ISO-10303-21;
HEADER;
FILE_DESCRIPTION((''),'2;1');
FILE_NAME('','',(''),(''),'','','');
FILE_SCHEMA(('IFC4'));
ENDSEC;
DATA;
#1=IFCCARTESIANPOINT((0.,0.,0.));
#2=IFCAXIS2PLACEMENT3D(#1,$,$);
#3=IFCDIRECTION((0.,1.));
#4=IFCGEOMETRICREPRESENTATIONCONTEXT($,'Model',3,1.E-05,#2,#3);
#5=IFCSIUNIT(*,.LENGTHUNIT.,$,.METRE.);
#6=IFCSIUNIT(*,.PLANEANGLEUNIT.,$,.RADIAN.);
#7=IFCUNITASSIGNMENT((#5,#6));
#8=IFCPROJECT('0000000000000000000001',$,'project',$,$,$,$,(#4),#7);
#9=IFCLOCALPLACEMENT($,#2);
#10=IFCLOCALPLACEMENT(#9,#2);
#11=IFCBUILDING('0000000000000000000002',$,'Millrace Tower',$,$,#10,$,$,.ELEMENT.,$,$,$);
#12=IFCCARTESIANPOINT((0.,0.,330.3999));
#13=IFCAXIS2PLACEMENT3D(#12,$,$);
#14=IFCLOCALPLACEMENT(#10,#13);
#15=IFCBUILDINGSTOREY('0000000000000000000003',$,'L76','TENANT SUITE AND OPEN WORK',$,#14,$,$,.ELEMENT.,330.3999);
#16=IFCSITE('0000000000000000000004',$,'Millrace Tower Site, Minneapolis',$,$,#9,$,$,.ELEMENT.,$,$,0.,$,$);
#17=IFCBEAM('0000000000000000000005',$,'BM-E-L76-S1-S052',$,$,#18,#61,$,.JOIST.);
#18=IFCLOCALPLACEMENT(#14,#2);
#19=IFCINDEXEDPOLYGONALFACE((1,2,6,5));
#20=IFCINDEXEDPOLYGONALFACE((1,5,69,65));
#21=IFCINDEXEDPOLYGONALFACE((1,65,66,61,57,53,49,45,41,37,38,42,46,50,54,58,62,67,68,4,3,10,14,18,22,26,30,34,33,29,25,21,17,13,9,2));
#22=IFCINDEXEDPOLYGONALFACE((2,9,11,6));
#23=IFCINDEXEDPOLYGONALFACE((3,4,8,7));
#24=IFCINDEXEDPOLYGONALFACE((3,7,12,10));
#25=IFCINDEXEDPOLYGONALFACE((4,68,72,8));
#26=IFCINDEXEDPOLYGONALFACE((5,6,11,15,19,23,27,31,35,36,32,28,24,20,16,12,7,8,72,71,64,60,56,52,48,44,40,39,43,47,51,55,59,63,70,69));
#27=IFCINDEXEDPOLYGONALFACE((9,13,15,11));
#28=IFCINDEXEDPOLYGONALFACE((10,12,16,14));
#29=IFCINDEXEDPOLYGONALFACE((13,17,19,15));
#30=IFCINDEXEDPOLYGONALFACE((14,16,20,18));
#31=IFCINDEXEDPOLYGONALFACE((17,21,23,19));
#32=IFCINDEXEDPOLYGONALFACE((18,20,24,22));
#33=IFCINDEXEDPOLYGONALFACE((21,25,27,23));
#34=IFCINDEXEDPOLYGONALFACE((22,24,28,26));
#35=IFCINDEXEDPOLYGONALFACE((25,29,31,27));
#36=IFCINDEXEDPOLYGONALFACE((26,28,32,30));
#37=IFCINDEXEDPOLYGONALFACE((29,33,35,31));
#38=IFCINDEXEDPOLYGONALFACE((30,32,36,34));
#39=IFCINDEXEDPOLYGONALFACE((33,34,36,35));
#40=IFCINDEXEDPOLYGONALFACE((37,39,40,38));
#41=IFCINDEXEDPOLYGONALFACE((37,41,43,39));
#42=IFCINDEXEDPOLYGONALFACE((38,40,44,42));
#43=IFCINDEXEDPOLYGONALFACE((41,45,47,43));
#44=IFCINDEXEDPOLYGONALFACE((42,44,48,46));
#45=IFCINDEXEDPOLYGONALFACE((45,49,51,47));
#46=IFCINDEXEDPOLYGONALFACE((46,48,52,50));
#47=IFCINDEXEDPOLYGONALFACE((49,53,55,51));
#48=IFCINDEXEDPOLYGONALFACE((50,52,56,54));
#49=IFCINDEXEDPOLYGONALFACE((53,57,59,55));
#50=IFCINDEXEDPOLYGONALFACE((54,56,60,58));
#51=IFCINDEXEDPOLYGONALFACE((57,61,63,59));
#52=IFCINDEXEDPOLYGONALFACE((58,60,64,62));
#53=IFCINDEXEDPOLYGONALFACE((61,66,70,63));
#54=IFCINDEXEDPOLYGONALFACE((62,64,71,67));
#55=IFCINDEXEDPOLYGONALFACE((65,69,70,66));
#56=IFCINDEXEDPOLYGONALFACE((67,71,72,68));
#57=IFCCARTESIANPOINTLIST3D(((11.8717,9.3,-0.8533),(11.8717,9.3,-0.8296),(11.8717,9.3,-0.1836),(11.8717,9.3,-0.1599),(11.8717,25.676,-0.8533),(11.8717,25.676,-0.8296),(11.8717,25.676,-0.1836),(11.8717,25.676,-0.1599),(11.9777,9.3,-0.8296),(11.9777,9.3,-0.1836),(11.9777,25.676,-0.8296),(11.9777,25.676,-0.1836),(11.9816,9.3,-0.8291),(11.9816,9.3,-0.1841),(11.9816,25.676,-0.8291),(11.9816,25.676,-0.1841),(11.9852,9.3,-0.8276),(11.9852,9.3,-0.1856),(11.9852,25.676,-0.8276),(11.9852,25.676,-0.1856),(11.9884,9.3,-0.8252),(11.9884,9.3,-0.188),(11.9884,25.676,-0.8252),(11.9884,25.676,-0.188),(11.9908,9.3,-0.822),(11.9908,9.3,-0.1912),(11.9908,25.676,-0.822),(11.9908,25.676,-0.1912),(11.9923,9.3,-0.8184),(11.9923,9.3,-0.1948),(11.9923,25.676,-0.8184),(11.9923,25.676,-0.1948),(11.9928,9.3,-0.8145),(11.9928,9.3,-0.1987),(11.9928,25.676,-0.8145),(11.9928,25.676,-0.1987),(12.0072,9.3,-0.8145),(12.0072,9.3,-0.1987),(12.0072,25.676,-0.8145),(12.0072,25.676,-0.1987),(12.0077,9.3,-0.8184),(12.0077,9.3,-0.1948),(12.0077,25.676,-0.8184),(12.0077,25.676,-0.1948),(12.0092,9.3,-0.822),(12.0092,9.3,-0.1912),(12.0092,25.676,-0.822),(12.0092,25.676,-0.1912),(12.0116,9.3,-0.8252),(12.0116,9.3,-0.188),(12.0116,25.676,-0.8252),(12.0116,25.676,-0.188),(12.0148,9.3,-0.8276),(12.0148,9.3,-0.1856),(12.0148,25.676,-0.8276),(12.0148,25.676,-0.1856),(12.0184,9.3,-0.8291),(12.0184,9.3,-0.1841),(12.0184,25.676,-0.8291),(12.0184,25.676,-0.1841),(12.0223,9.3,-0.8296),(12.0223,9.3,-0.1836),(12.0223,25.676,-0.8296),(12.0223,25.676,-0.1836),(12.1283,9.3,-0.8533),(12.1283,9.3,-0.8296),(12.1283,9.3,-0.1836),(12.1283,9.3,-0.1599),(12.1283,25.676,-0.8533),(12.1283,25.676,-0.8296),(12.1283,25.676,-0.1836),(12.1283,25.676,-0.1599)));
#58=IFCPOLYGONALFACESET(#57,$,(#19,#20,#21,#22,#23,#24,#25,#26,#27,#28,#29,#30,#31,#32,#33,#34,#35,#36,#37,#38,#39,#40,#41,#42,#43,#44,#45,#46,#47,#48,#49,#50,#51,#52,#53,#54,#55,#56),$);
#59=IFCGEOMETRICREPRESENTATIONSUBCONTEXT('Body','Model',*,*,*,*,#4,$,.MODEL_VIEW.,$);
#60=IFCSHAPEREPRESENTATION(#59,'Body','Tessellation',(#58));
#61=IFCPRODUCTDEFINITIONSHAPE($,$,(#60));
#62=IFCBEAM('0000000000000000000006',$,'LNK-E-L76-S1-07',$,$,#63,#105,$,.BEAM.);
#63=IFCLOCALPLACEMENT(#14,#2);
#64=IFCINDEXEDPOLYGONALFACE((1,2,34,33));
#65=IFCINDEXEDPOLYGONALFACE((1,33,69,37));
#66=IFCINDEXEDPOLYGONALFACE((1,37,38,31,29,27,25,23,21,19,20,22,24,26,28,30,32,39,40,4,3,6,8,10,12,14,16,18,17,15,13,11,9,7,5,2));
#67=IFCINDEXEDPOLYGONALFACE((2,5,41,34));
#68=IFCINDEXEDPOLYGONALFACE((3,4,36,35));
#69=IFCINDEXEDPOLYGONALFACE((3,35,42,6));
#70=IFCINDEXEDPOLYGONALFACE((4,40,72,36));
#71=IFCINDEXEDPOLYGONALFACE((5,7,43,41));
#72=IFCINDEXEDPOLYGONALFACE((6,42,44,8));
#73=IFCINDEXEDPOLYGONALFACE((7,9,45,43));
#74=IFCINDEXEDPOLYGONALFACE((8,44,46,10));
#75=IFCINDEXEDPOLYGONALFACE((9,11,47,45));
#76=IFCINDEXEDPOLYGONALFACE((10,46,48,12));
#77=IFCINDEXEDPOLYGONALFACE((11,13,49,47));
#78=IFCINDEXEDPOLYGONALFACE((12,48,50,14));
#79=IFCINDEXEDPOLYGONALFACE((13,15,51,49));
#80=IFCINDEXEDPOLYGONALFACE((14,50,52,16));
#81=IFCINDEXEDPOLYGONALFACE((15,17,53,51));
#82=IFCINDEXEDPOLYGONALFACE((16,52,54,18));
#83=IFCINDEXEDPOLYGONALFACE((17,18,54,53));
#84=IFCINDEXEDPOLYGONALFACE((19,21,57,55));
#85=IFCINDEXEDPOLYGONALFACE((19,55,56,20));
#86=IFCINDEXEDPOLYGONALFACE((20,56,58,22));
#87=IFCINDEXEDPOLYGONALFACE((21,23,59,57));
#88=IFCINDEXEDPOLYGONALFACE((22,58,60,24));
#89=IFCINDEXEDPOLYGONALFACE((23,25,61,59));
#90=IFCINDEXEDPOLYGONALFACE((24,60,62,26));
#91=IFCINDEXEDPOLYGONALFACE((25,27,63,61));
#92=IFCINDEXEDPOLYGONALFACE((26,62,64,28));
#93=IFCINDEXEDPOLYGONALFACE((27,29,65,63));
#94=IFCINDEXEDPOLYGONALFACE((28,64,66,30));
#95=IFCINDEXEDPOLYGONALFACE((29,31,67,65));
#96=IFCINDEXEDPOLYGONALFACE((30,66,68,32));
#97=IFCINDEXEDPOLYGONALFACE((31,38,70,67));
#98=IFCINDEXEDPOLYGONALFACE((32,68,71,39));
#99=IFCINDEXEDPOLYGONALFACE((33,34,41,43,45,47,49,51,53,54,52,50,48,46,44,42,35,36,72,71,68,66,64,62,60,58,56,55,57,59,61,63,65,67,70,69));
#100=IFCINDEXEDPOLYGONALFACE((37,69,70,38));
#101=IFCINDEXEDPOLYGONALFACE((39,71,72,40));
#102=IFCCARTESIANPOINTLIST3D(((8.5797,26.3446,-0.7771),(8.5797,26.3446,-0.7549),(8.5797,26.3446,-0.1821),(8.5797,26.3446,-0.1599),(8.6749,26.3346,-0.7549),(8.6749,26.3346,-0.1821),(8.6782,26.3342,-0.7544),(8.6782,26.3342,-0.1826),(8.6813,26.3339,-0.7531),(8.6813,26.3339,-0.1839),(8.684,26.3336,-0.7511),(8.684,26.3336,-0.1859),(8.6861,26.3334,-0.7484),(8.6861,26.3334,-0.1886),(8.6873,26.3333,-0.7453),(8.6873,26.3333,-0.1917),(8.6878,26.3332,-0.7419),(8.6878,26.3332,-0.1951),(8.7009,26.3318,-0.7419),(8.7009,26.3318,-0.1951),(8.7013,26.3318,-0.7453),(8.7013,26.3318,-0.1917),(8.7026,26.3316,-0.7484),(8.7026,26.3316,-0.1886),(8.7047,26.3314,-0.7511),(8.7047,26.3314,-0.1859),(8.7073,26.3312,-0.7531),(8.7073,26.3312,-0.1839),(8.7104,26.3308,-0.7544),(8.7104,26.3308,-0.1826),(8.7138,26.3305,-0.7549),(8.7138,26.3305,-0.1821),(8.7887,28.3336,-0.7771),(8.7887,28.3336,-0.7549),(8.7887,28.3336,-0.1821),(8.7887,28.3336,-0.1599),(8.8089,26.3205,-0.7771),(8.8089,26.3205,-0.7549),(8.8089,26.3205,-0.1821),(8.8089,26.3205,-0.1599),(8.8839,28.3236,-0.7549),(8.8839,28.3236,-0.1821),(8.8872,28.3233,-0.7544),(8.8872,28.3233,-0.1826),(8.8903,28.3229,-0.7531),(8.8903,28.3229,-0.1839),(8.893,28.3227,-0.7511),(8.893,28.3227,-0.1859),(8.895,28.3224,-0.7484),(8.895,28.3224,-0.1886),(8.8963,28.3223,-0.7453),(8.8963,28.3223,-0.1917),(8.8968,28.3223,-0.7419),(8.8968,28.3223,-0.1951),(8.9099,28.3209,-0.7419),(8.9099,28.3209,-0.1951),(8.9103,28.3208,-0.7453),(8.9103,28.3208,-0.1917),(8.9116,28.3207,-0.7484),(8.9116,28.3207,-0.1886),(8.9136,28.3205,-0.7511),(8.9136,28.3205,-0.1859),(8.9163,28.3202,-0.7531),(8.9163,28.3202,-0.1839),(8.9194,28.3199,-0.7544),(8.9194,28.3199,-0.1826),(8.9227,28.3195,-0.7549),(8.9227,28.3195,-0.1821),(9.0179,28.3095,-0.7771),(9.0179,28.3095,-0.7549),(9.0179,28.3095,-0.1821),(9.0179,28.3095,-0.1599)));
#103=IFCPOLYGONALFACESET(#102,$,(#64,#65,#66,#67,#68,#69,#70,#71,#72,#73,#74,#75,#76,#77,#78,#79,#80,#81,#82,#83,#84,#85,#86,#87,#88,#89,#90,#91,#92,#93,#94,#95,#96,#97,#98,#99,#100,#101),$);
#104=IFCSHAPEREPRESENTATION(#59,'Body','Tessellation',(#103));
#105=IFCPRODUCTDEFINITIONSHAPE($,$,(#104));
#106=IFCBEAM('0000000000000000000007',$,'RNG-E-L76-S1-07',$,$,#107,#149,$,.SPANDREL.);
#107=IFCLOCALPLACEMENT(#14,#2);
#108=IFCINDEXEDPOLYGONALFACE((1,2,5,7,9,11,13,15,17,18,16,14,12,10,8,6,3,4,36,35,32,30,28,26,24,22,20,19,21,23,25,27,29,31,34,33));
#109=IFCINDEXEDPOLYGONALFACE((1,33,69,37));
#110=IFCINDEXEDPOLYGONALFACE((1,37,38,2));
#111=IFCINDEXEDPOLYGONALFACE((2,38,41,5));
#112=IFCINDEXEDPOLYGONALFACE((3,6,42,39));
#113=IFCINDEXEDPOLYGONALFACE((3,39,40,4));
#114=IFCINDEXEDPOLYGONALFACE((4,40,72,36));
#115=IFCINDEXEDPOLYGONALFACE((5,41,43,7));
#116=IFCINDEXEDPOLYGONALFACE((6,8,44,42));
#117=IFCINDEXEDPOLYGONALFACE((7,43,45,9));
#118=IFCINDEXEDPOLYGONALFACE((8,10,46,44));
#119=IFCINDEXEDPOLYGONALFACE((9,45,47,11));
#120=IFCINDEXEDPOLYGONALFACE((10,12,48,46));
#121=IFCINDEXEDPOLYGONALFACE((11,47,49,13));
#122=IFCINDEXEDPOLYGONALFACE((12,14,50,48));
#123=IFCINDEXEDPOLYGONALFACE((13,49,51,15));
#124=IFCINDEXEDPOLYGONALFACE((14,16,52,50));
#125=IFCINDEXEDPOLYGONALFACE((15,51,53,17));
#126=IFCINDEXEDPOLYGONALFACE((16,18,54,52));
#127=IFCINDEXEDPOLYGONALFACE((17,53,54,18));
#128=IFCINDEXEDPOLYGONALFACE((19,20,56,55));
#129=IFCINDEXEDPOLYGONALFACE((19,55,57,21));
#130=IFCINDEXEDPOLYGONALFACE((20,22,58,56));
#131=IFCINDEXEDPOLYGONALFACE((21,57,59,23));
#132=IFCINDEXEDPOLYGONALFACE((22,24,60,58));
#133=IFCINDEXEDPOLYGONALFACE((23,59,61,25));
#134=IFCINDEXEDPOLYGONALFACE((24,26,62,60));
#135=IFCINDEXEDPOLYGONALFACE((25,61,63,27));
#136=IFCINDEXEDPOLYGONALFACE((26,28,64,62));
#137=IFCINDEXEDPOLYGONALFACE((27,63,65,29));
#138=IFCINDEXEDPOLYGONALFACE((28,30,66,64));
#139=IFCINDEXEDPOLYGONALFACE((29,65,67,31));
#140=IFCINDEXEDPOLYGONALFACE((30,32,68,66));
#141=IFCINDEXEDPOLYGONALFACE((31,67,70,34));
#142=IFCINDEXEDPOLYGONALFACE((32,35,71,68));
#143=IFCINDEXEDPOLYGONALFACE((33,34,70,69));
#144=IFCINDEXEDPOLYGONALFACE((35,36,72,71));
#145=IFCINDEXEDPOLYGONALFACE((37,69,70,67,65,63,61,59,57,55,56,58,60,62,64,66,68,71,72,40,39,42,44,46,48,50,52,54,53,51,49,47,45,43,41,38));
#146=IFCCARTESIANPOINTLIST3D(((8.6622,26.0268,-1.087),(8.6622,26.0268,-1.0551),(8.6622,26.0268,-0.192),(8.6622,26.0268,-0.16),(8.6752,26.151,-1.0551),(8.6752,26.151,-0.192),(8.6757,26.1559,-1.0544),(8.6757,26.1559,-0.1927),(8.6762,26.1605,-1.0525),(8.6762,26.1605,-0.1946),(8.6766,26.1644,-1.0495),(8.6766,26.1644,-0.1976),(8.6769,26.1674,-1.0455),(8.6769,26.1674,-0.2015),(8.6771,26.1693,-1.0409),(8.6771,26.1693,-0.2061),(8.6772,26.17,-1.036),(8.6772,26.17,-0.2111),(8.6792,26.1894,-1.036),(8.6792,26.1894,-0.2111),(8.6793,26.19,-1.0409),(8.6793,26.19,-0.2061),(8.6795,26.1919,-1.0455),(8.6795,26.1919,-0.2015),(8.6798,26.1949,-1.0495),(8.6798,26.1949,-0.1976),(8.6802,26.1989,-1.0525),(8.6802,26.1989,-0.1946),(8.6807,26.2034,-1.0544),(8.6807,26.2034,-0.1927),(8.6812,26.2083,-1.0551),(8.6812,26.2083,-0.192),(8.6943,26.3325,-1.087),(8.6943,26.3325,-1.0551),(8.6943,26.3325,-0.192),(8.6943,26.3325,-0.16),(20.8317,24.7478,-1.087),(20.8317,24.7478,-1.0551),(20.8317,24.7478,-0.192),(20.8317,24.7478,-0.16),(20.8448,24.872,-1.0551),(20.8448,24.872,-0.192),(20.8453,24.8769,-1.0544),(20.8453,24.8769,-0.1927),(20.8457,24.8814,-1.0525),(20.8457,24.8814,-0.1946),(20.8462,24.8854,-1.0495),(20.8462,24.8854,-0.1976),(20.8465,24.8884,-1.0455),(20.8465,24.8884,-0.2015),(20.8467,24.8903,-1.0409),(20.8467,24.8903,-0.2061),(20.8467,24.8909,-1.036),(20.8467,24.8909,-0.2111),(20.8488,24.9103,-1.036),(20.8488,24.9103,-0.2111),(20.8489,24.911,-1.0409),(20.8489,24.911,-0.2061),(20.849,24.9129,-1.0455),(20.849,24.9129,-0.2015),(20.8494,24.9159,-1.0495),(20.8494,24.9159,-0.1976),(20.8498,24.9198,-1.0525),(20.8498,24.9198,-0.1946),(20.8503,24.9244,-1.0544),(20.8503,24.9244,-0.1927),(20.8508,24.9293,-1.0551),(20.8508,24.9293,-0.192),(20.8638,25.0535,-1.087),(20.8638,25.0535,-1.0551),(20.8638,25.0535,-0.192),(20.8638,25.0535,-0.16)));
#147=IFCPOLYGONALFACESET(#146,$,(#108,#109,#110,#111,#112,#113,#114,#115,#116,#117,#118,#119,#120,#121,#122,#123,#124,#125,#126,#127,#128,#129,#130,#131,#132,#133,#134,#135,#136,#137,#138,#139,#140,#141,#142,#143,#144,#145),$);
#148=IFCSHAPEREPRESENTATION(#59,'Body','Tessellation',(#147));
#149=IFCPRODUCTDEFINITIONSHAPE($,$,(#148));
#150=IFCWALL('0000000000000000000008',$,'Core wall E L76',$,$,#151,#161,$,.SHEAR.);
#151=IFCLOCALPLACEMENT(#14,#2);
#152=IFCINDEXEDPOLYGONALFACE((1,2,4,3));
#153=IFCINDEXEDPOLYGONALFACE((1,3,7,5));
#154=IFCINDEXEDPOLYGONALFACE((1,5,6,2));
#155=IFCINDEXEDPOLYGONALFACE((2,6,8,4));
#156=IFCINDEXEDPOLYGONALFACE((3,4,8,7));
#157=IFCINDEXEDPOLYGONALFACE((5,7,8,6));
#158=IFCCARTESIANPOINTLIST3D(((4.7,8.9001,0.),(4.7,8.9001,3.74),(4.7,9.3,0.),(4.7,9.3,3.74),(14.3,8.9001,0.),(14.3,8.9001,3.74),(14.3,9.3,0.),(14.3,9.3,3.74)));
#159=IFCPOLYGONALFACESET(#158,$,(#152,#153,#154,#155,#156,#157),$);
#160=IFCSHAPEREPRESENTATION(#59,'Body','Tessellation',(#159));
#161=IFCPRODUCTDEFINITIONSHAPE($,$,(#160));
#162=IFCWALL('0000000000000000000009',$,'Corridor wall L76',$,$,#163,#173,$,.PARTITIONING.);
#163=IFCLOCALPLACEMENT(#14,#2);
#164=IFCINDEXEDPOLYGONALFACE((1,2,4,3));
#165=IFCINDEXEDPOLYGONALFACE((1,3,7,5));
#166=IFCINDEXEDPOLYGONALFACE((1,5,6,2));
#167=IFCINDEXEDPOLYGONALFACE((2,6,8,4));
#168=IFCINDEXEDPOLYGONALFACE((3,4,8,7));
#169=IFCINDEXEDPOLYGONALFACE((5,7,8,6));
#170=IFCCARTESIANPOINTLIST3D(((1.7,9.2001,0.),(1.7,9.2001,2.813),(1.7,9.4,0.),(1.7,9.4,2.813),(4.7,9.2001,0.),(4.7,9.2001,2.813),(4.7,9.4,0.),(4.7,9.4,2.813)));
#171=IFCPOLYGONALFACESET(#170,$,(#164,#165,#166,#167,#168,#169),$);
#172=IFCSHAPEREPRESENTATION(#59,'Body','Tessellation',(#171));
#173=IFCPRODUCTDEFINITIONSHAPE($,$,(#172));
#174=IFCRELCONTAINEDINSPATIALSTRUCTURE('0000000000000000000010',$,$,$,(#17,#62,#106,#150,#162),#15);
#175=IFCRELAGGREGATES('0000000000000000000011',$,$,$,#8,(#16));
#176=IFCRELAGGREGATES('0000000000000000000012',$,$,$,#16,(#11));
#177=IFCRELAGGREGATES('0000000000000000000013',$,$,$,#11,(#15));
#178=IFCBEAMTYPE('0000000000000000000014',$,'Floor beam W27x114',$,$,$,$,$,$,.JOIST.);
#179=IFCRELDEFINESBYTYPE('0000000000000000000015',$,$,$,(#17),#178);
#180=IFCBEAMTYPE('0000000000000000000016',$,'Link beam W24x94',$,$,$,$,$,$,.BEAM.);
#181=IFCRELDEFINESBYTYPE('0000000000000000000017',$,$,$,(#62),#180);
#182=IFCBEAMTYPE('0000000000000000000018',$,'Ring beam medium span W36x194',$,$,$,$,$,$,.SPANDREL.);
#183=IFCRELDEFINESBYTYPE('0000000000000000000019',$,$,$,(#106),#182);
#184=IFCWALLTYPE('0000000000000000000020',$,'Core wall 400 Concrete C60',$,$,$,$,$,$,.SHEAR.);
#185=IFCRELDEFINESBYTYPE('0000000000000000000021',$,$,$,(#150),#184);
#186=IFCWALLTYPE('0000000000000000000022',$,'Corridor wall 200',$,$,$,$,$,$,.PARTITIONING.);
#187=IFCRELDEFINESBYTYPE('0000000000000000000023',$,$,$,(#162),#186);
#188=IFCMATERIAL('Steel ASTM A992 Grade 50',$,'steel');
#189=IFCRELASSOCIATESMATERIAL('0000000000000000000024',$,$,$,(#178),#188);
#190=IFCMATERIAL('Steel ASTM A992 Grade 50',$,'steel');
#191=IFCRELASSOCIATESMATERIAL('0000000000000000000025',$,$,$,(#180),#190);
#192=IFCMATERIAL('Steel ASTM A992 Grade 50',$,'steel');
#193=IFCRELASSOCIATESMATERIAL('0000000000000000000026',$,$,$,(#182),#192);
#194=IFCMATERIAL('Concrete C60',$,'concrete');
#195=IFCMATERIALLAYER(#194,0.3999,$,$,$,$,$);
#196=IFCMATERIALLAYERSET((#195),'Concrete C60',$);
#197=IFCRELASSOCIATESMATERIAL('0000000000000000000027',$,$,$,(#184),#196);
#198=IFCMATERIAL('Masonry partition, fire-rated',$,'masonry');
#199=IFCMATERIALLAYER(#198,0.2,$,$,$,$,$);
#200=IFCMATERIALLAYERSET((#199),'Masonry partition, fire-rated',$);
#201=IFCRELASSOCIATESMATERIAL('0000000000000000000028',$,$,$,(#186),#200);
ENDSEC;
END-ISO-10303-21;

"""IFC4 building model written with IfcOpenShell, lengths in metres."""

from ifc_helpers import new_model, si_unit, direction, frame, frame_2d, origin, origin_2d, place, context, subcontext, project, spatial, rectangle, i_section, extrude, material, layer, layer_set, material_profile, profile_set, type_object, element, save


model = new_model("IFC4")

# Units and contexts
model_context = context("Model", 3, precision=1e-05, world=origin(), true_north=direction((0.0, 1.0)))
body_context = subcontext(model_context, "Body", "Model", "MODEL_VIEW")
ifc_project = project(units=[si_unit("LENGTHUNIT", "METRE"), si_unit("PLANEANGLEUNIT", "RADIAN")], contexts=[model_context])

# Site, building, storey
site_placement = place(None, origin())
site = spatial("IfcSite", under=ifc_project, at=site_placement, Name="Millrace Tower Site, Minneapolis", CompositionType="ELEMENT", RefElevation=0.0)
building_placement = place(site_placement, origin())
building = spatial("IfcBuilding", under=site, at=building_placement, Name="Millrace Tower", CompositionType="ELEMENT")
storey_placement = place(building_placement, frame((0.0, 0.0, 330.3999)))
storey = spatial("IfcBuildingStorey", under=building, at=storey_placement, Name="L76", Description="TENANT SUITE AND OPEN WORK", CompositionType="ELEMENT", Elevation=330.3999)

# Beams
ifc_material_1 = material(Name="Steel ASTM A992 Grade 50", Category="steel")
ifc_material_profile_1 = material_profile(ifc_material_1, i_section(OverallWidth=0.2566, OverallDepth=0.6934, WebThickness=0.0144, FlangeThickness=0.0237, FilletRadius=0.0151, at=origin_2d()))
ifc_profile_set_1 = profile_set([ifc_material_profile_1], Name="Steel ASTM A992 Grade 50")
beam_type_1 = type_object("IfcBeamType", Name="Floor beam W27x114", PredefinedType="JOIST", material=ifc_profile_set_1)
beam_1_placement = place(storey_placement, frame((12.0, 9.3, -0.5066), z_axis=(0.0, 1.0, 0.0), x_axis=(-1.0, 0.0, 0.0)))
element("IfcBeam", 1, at=beam_1_placement, inside=storey, type_object=beam_type_1, Name="BM-E-L76-S1-S052", PredefinedType="JOIST", context=body_context, shape_type="SweptSolid", body=[
    extrude(i_section(OverallWidth=0.2566, OverallDepth=0.6934, WebThickness=0.0144, FlangeThickness=0.0237, FilletRadius=0.0151, at=origin_2d()), origin(), (0.0, 0.0, 1.0), 16.376),
])
ifc_material_2 = material(Name="Steel ASTM A992 Grade 50", Category="steel")
ifc_material_profile_2 = material_profile(ifc_material_2, i_section(OverallWidth=0.2305, OverallDepth=0.6172, WebThickness=0.0132, FlangeThickness=0.0222, FilletRadius=0.0129, at=origin_2d()))
ifc_profile_set_2 = profile_set([ifc_material_profile_2], Name="Steel ASTM A992 Grade 50")
beam_type_2 = type_object("IfcBeamType", Name="Link beam W24x94", PredefinedType="BEAM", material=ifc_profile_set_2)
beam_2_placement = place(storey_placement, frame((8.6943, 26.3325, -0.4685), z_axis=(0.104494, 0.994526, 0.0), x_axis=(-0.994526, 0.104494, 0.0)))
element("IfcBeam", 2, at=beam_2_placement, inside=storey, type_object=beam_type_2, Name="LNK-E-L76-S1-07", PredefinedType="BEAM", context=body_context, shape_type="SweptSolid", body=[
    extrude(i_section(OverallWidth=0.2305, OverallDepth=0.6172, WebThickness=0.0132, FlangeThickness=0.0222, FilletRadius=0.0129, at=origin_2d()), origin(), (0.0, 0.0, 1.0), 2.0),
])
ifc_material_3 = material(Name="Steel ASTM A992 Grade 50", Category="steel")
ifc_material_profile_3 = material_profile(ifc_material_3, i_section(OverallWidth=0.3074, OverallDepth=0.927, WebThickness=0.0195, FlangeThickness=0.032, FilletRadius=0.019, at=origin_2d()))
ifc_profile_set_3 = profile_set([ifc_material_profile_3], Name="Steel ASTM A992 Grade 50")
beam_type_3 = type_object("IfcBeamType", Name="Ring beam medium span W36x194", PredefinedType="SPANDREL", material=ifc_profile_set_3)
beam_3_placement = place(storey_placement, frame((8.6782, 26.1797, -0.6235), z_axis=(0.994522, -0.104528, 0.0), x_axis=(0.104528, 0.994522, 0.0)))
element("IfcBeam", 3, at=beam_3_placement, inside=storey, type_object=beam_type_3, Name="RNG-E-L76-S1-07", PredefinedType="SPANDREL", context=body_context, shape_type="SweptSolid", body=[
    extrude(i_section(OverallWidth=0.3074, OverallDepth=0.927, WebThickness=0.0195, FlangeThickness=0.032, FilletRadius=0.019, at=origin_2d()), origin(), (0.0, 0.0, 1.0), 12.2366),
])

# Walls
ifc_material_4 = material(Name="Concrete C60", Category="concrete")
ifc_layer_1 = layer(ifc_material_4, 0.3999)
ifc_layer_set_1 = layer_set([ifc_layer_1], Name="Concrete C60")
wall_type_1 = type_object("IfcWallType", Name="Core wall 400 Concrete C60", PredefinedType="SHEAR", material=ifc_layer_set_1)
wall_1_placement = place(storey_placement, frame((14.3, 9.1001, 0.0), z_axis=(0.0, 0.0, 1.0), x_axis=(-1.0, 0.0, 0.0)))
element("IfcWall", 4, at=wall_1_placement, inside=storey, type_object=wall_type_1, Name="Core wall E L76", PredefinedType="SHEAR", context=body_context, shape_type="SweptSolid", body=[
    extrude(rectangle(XDim=9.6001, YDim=0.3999, at=frame_2d((4.8, 0.0))), origin(), (0.0, 0.0, 1.0), 3.74),
])
ifc_material_5 = material(Name="Masonry partition, fire-rated", Category="masonry")
ifc_layer_2 = layer(ifc_material_5, 0.2)
ifc_layer_set_2 = layer_set([ifc_layer_2], Name="Masonry partition, fire-rated")
wall_type_2 = type_object("IfcWallType", Name="Corridor wall 200", PredefinedType="PARTITIONING", material=ifc_layer_set_2)
wall_2_placement = place(storey_placement, frame((1.7, 9.3, 0.0), z_axis=(0.0, 0.0, 1.0), x_axis=(1.0, 0.0, 0.0)))
element("IfcWall", 5, at=wall_2_placement, inside=storey, type_object=wall_type_2, Name="Corridor wall L76", PredefinedType="PARTITIONING", context=body_context, shape_type="SweptSolid", body=[
    extrude(rectangle(XDim=3.0, YDim=0.2, at=frame_2d((1.5, 0.0))), origin(), (0.0, 0.0, 1.0), 2.813),
])

save(model, "model.ifc")
